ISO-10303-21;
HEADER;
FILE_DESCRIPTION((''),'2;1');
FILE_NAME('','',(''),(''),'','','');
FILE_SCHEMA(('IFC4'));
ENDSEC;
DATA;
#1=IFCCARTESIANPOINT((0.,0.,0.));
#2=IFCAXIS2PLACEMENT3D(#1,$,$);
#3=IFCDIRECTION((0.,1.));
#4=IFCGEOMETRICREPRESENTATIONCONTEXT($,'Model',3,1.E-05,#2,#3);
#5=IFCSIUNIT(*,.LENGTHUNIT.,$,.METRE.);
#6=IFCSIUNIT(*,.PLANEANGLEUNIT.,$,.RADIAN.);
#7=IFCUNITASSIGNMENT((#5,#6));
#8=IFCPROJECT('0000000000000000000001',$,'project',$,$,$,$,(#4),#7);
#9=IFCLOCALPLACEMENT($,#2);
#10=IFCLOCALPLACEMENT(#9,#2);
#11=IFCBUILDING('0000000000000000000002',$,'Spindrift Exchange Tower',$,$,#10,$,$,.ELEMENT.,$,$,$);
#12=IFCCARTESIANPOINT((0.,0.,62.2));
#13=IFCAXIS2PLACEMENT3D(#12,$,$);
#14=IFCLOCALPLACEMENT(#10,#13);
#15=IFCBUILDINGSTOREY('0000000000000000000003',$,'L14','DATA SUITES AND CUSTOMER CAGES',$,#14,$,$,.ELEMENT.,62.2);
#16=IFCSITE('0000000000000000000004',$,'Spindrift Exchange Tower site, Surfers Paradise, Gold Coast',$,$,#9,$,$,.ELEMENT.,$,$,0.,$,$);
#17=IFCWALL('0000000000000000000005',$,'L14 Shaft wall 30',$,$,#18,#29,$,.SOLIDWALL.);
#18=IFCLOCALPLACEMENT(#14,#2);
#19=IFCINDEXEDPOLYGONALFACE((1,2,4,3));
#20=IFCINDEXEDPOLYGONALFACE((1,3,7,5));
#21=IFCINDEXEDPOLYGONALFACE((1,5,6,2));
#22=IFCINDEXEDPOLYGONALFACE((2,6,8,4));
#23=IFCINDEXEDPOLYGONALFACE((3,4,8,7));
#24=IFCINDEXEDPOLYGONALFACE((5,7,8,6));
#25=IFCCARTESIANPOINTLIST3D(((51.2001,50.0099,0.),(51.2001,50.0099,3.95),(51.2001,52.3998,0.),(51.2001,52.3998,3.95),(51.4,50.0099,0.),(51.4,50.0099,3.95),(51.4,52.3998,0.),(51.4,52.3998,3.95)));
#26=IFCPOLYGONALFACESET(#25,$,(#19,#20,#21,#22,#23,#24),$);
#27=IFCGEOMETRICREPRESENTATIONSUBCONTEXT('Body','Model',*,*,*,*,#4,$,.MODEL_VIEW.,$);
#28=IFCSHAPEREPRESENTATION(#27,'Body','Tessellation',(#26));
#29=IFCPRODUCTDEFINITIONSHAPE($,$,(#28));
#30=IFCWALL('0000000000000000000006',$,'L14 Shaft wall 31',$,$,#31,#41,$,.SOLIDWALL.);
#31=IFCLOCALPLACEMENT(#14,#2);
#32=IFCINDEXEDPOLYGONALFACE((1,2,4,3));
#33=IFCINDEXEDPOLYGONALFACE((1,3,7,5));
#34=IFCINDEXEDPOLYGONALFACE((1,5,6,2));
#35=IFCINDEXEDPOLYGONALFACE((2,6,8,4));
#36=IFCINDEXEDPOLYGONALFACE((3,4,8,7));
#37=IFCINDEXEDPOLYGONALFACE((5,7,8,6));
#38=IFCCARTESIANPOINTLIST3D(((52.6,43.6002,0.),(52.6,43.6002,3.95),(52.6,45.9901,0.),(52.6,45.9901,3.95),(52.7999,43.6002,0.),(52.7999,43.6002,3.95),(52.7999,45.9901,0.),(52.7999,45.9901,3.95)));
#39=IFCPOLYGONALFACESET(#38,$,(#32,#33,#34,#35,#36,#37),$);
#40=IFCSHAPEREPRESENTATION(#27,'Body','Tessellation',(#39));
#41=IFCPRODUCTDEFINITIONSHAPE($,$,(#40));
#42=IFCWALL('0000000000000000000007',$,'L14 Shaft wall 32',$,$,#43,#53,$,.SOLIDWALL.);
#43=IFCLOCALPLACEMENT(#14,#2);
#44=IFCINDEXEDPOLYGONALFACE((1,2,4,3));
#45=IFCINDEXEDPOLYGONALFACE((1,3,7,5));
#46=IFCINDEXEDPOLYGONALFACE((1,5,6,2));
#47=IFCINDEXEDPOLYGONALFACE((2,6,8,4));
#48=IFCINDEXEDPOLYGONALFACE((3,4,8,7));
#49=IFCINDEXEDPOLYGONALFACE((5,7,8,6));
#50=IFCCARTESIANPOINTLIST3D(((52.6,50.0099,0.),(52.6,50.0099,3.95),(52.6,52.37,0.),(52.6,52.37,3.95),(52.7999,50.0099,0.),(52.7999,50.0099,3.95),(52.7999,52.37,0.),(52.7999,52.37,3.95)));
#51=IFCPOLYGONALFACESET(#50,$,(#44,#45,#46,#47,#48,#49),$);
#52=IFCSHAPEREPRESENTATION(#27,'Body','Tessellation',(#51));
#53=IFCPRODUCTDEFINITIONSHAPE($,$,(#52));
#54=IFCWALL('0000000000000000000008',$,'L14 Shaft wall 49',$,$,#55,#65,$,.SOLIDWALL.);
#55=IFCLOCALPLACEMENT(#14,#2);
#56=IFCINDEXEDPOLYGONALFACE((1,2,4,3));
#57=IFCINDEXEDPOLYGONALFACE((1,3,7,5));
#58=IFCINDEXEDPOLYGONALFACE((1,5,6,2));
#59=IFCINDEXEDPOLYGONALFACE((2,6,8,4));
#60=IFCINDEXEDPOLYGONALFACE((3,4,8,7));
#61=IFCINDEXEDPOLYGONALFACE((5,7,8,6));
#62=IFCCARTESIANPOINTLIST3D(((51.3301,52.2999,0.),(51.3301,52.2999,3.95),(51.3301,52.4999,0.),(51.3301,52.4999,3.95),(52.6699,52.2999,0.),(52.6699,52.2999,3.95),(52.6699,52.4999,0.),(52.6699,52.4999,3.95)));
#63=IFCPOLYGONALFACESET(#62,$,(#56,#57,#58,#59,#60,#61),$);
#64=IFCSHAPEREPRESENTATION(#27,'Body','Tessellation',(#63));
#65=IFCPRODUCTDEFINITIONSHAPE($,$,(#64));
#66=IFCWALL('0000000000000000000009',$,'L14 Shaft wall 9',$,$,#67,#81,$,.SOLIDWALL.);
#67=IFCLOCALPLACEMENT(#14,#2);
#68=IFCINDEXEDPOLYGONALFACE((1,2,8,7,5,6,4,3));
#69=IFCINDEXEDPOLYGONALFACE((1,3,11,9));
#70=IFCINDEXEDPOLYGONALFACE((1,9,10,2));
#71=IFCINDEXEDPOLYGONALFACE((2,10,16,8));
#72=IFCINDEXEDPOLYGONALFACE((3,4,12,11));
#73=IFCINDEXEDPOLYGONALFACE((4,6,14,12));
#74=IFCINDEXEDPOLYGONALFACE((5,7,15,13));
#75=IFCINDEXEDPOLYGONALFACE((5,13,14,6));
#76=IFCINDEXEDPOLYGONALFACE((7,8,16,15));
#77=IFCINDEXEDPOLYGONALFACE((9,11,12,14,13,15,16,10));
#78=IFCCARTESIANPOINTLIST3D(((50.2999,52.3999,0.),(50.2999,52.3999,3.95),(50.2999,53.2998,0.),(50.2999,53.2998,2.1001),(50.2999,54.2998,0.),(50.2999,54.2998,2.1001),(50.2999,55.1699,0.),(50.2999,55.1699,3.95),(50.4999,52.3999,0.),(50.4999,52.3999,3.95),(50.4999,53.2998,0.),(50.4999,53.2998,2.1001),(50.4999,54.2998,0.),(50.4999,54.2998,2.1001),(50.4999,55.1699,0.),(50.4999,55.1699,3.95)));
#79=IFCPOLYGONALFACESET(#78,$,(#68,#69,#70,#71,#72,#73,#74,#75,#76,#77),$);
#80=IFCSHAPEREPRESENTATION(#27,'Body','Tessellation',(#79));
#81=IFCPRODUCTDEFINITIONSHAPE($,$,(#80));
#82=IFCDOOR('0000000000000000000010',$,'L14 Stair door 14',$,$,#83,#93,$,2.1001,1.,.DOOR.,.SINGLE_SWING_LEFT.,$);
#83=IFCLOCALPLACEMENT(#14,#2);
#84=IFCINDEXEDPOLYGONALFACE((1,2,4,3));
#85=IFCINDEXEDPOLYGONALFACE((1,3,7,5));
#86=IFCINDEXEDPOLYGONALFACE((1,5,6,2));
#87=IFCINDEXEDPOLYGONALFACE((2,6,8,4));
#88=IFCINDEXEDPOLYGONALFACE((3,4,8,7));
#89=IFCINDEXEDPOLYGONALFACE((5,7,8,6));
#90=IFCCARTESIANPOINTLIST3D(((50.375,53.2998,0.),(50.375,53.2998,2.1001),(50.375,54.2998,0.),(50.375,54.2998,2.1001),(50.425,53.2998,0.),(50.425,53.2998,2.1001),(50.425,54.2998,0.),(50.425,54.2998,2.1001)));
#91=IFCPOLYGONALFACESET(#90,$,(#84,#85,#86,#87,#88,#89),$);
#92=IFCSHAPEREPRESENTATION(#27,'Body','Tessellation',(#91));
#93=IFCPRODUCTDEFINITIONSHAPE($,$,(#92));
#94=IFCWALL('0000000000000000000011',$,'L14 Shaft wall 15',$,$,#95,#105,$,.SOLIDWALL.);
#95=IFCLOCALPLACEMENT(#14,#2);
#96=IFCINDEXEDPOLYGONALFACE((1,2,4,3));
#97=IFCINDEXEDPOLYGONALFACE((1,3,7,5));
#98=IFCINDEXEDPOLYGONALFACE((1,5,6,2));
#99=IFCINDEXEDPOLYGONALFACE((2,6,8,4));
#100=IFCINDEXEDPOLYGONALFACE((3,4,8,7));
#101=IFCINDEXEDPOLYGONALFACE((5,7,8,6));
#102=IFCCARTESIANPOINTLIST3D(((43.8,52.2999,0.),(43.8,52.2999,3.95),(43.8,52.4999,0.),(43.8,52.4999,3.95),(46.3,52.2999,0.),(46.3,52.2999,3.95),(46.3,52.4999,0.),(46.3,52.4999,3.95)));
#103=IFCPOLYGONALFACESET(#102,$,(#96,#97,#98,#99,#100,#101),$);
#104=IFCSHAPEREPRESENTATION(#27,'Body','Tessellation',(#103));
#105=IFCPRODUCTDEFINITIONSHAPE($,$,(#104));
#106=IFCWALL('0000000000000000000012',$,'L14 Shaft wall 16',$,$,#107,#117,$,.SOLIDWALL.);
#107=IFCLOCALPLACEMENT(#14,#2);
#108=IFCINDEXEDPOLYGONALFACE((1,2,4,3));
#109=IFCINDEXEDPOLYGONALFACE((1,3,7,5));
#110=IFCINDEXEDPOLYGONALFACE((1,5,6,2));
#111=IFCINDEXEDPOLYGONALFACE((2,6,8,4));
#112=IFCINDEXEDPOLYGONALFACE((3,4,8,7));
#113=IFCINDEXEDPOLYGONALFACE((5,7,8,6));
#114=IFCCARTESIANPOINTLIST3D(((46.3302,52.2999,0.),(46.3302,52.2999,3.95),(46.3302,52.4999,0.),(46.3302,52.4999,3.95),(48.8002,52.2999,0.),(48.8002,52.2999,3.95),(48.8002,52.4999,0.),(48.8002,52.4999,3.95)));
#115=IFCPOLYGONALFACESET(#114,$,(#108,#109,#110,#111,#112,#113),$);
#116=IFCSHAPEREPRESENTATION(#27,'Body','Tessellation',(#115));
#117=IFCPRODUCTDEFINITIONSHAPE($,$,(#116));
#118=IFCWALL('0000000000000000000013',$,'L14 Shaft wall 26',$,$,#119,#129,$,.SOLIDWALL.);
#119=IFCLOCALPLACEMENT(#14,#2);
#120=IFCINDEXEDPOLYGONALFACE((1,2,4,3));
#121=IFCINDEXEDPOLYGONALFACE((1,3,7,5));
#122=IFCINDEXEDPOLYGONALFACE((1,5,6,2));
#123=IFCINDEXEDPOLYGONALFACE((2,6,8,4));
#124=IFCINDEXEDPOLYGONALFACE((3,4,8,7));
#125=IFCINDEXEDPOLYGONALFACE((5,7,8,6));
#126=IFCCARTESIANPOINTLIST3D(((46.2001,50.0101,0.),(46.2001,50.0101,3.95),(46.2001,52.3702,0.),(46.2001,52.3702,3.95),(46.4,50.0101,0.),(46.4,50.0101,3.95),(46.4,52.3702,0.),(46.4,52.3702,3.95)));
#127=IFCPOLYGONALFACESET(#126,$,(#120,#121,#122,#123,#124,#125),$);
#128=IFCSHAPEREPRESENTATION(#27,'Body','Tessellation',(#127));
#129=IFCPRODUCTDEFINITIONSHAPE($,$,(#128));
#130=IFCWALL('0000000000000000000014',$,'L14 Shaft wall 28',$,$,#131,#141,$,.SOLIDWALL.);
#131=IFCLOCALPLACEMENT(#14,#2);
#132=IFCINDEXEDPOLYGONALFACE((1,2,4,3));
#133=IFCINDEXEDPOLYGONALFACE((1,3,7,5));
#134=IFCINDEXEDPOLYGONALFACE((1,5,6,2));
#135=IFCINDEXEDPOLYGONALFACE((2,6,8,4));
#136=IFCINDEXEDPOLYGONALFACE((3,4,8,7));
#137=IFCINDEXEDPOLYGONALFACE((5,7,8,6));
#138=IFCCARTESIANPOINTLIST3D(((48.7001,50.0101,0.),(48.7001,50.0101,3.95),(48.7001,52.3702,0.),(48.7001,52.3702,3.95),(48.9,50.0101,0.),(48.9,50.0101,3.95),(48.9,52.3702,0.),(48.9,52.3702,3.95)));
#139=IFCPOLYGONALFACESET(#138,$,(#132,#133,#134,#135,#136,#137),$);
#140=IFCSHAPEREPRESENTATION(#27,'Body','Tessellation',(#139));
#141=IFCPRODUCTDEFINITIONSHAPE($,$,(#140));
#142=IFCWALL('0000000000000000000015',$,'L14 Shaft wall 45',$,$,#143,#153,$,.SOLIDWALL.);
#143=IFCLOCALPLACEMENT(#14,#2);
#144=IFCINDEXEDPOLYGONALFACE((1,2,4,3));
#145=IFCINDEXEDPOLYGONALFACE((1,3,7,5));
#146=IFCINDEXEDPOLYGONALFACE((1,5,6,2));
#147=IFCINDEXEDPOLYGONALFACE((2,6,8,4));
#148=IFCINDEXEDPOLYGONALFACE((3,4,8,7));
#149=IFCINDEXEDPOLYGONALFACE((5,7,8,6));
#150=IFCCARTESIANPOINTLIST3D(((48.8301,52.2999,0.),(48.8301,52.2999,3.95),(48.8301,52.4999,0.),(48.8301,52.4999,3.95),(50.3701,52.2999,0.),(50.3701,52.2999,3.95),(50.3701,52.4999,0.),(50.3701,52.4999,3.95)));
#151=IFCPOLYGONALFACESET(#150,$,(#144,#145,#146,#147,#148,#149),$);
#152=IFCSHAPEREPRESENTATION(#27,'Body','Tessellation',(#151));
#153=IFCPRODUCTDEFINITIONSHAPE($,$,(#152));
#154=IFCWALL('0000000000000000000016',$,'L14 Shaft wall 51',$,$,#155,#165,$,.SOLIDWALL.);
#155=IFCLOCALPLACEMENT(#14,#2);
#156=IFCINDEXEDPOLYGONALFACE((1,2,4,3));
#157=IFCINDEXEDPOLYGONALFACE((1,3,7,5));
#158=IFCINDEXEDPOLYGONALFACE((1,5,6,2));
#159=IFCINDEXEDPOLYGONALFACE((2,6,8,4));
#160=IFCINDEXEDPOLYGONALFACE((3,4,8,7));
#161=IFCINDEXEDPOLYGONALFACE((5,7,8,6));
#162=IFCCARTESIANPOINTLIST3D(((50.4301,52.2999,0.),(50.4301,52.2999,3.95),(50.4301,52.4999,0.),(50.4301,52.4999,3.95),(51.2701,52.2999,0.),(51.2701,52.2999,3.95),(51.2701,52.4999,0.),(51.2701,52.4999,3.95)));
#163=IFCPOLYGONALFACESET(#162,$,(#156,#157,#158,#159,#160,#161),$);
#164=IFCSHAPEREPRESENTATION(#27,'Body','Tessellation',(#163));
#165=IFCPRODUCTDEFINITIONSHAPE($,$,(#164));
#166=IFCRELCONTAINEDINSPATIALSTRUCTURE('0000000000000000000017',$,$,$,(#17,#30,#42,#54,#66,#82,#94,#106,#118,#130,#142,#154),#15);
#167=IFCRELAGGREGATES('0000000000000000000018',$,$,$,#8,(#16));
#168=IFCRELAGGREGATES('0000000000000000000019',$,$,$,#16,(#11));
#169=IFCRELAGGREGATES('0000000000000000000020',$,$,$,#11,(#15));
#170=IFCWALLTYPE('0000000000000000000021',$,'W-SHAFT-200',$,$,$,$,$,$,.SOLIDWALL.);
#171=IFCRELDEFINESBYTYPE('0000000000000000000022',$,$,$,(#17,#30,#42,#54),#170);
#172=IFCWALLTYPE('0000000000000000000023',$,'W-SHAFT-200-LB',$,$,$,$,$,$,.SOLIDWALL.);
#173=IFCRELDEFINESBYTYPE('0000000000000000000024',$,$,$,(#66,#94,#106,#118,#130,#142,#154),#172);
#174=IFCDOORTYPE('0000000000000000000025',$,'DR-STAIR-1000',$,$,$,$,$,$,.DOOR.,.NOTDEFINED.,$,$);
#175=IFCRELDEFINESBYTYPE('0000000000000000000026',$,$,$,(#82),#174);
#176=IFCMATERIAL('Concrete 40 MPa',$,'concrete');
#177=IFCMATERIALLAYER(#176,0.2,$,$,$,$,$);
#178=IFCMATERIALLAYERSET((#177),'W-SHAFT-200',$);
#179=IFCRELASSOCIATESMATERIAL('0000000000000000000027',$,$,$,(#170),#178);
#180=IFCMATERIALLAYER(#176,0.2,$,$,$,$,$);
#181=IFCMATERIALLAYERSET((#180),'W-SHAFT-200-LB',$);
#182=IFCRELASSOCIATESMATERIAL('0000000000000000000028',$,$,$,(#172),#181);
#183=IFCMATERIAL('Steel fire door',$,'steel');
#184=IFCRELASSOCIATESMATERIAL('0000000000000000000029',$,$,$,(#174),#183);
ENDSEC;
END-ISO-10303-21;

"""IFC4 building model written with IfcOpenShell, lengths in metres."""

from ifc_helpers import new_model, si_unit, direction, frame, frame_2d, origin, place, context, subcontext, project, spatial, rectangle, extrude, source, transform, mapped, material, layer, layer_set, type_object, element, fill, save


model = new_model("IFC4")

# Units and contexts
model_context = context("Model", 3, precision=1e-05, world=origin(), true_north=direction((0.0, 1.0)))
body_context = subcontext(model_context, "Body", "Model", "MODEL_VIEW")
ifc_project = project(units=[si_unit("LENGTHUNIT", "METRE"), si_unit("PLANEANGLEUNIT", "RADIAN")], contexts=[model_context])

# Site, building, storey
site_placement = place(None, origin())
site = spatial("IfcSite", under=ifc_project, at=site_placement, Name="Spindrift Exchange Tower site, Surfers Paradise, Gold Coast", CompositionType="ELEMENT", RefElevation=0.0)
building_placement = place(site_placement, origin())
building = spatial("IfcBuilding", under=site, at=building_placement, Name="Spindrift Exchange Tower", CompositionType="ELEMENT")
storey_placement = place(building_placement, frame((0.0, 0.0, 62.2)))
storey = spatial("IfcBuildingStorey", under=building, at=storey_placement, Name="L14", Description="DATA SUITES AND CUSTOMER CAGES", CompositionType="ELEMENT", Elevation=62.2)

# Walls
ifc_material_1 = material(Name="Concrete 40 MPa", Category="concrete")
ifc_layer_1 = layer(ifc_material_1, 0.2)
ifc_layer_set_1 = layer_set([ifc_layer_1], Name="W-SHAFT-200")
wall_type_1 = type_object("IfcWallType", Name="W-SHAFT-200", PredefinedType="SOLIDWALL", material=ifc_layer_set_1)
for number, where, z_axis, x_axis, name in (
    (1, (51.3, 50.01, 0.0), (0.0, 0.0, 1.0), (0.0, 1.0, 0.0), "L14 Shaft wall 30"),
    (2, (52.7, 45.99, 0.0), (0.0, 0.0, 1.0), (0.0, -1.0, 0.0), "L14 Shaft wall 31"),
):
    element("IfcWall", number, at=place(storey_placement, frame(where, z_axis=z_axis, x_axis=x_axis)), inside=storey, type_object=wall_type_1, Name=name, PredefinedType="SOLIDWALL", context=body_context, shape_type="SweptSolid", body=[
        extrude(rectangle(XDim=2.3899, YDim=0.2, at=frame_2d((1.1948, 0.0))), origin(), (0.0, 0.0, 1.0), 3.95),
    ])
wall_1_placement = place(storey_placement, frame((52.7, 52.3701, 0.0), z_axis=(0.0, 0.0, 1.0), x_axis=(0.0, -1.0, 0.0)))
element("IfcWall", 3, at=wall_1_placement, inside=storey, type_object=wall_type_1, Name="L14 Shaft wall 32", PredefinedType="SOLIDWALL", context=body_context, shape_type="SweptSolid", body=[
    extrude(rectangle(XDim=2.3601, YDim=0.2, at=frame_2d((1.1802, 0.0))), origin(), (0.0, 0.0, 1.0), 3.95),
])
wall_2_placement = place(storey_placement, frame((51.3301, 52.3999, 0.0), z_axis=(0.0, 0.0, 1.0), x_axis=(1.0, 0.0, 0.0)))
element("IfcWall", 4, at=wall_2_placement, inside=storey, type_object=wall_type_1, Name="L14 Shaft wall 49", PredefinedType="SOLIDWALL", context=body_context, shape_type="SweptSolid", body=[
    extrude(rectangle(XDim=1.3398, YDim=0.2, at=frame_2d((0.6699, 0.0))), origin(), (0.0, 0.0, 1.0), 3.95),
])

# Wall, opening, door
ifc_layer_2 = layer(ifc_material_1, 0.2)
ifc_layer_set_2 = layer_set([ifc_layer_2], Name="W-SHAFT-200-LB")
wall_type_2 = type_object("IfcWallType", Name="W-SHAFT-200-LB", PredefinedType="SOLIDWALL", material=ifc_layer_set_2)
wall_3_placement = place(storey_placement, frame((50.3999, 52.3999, 0.0), z_axis=(0.0, 0.0, 1.0), x_axis=(0.0, 1.0, 0.0)))
wall_3 = element("IfcWall", 5, at=wall_3_placement, inside=storey, type_object=wall_type_2, Name="L14 Shaft wall 9", PredefinedType="SOLIDWALL", context=body_context, shape_type="SweptSolid", body=[
    extrude(rectangle(XDim=2.77, YDim=0.2, at=frame_2d((1.385, 0.0))), origin(), (0.0, 0.0, 1.0), 3.95),
])
opening_placement = place(wall_3_placement, frame((0.8999, 0.0, 0.0)))
opening = element("IfcOpeningElement", 6, at=opening_placement, cuts=wall_3, PredefinedType="OPENING", context=body_context, shape_type="SweptSolid", body=[
    extrude(rectangle(XDim=1.0, YDim=2.1001, at=frame_2d((0.5, 1.05))), frame((0.0, 0.1099, 0.0), z_axis=(0.0, -1.0, 0.0), x_axis=(1.0, 0.0, 0.0)), (0.0, 0.0, 1.0), 0.22),
])
ifc_material_2 = material(Name="Steel fire door", Category="steel")
door_type = type_object("IfcDoorType", Name="DR-STAIR-1000", OperationType="NOTDEFINED", PredefinedType="DOOR", material=ifc_material_2)
shared_shape = source(origin(), body_context, "Body", "SweptSolid", [
    extrude(rectangle(XDim=1.0, YDim=2.1001, at=frame_2d((0.5, 1.05))), frame((0.0, 0.0249, 0.0), z_axis=(0.0, -1.0, 0.0), x_axis=(1.0, 0.0, 0.0)), (0.0, 0.0, 1.0), 0.05),
])
door_placement = place(opening_placement, origin())
door = element("IfcDoor", 7, at=door_placement, inside=storey, type_object=door_type, Name="L14 Stair door 14", OperationType="SINGLE_SWING_LEFT", OverallHeight=2.1001, OverallWidth=1.0, PredefinedType="DOOR", context=body_context, shape_type="MappedRepresentation", body=[
    mapped(shared_shape, transform((0.0, 0.0, 0.0), scale=1.0)),
])
fill(opening, door)

# Walls
wall_4_placement = place(storey_placement, frame((46.3, 52.3999, 0.0), z_axis=(0.0, 0.0, 1.0), x_axis=(-1.0, 0.0, 0.0)))
element("IfcWall", 8, at=wall_4_placement, inside=storey, type_object=wall_type_2, Name="L14 Shaft wall 15", PredefinedType="SOLIDWALL", context=body_context, shape_type="SweptSolid", body=[
    extrude(rectangle(XDim=2.5, YDim=0.2, at=frame_2d((1.25, 0.0))), origin(), (0.0, 0.0, 1.0), 3.95),
])
wall_5_placement = place(storey_placement, frame((48.8, 52.3999, 0.0), z_axis=(0.0, 0.0, 1.0), x_axis=(-1.0, 0.0, 0.0)))
element("IfcWall", 9, at=wall_5_placement, inside=storey, type_object=wall_type_2, Name="L14 Shaft wall 16", PredefinedType="SOLIDWALL", context=body_context, shape_type="SweptSolid", body=[
    extrude(rectangle(XDim=2.47, YDim=0.2, at=frame_2d((1.2349, 0.0))), origin(), (0.0, 0.0, 1.0), 3.95),
])
for number, where, z_axis, x_axis, name in (
    (10, (46.3, 50.01, 0.0), (0.0, 0.0, 1.0), (0.0, 1.0, 0.0), "L14 Shaft wall 26"),
    (11, (48.8, 50.01, 0.0), (0.0, 0.0, 1.0), (0.0, 1.0, 0.0), "L14 Shaft wall 28"),
):
    element("IfcWall", number, at=place(storey_placement, frame(where, z_axis=z_axis, x_axis=x_axis)), inside=storey, type_object=wall_type_2, Name=name, PredefinedType="SOLIDWALL", context=body_context, shape_type="SweptSolid", body=[
        extrude(rectangle(XDim=2.3601, YDim=0.2, at=frame_2d((1.1802, 0.0))), origin(), (0.0, 0.0, 1.0), 3.95),
    ])
wall_6_placement = place(storey_placement, frame((50.3701, 52.3999, 0.0), z_axis=(0.0, 0.0, 1.0), x_axis=(-1.0, 0.0, 0.0)))
element("IfcWall", 12, at=wall_6_placement, inside=storey, type_object=wall_type_2, Name="L14 Shaft wall 45", PredefinedType="SOLIDWALL", context=body_context, shape_type="SweptSolid", body=[
    extrude(rectangle(XDim=1.54, YDim=0.2, at=frame_2d((0.77, 0.0))), origin(), (0.0, 0.0, 1.0), 3.95),
])
wall_7_placement = place(storey_placement, frame((51.27, 52.3999, 0.0), z_axis=(0.0, 0.0, 1.0), x_axis=(-1.0, 0.0, 0.0)))
element("IfcWall", 13, at=wall_7_placement, inside=storey, type_object=wall_type_2, Name="L14 Shaft wall 51", PredefinedType="SOLIDWALL", context=body_context, shape_type="SweptSolid", body=[
    extrude(rectangle(XDim=0.8401, YDim=0.2, at=frame_2d((0.4199, 0.0))), origin(), (0.0, 0.0, 1.0), 3.95),
])

save(model, "model.ifc")
